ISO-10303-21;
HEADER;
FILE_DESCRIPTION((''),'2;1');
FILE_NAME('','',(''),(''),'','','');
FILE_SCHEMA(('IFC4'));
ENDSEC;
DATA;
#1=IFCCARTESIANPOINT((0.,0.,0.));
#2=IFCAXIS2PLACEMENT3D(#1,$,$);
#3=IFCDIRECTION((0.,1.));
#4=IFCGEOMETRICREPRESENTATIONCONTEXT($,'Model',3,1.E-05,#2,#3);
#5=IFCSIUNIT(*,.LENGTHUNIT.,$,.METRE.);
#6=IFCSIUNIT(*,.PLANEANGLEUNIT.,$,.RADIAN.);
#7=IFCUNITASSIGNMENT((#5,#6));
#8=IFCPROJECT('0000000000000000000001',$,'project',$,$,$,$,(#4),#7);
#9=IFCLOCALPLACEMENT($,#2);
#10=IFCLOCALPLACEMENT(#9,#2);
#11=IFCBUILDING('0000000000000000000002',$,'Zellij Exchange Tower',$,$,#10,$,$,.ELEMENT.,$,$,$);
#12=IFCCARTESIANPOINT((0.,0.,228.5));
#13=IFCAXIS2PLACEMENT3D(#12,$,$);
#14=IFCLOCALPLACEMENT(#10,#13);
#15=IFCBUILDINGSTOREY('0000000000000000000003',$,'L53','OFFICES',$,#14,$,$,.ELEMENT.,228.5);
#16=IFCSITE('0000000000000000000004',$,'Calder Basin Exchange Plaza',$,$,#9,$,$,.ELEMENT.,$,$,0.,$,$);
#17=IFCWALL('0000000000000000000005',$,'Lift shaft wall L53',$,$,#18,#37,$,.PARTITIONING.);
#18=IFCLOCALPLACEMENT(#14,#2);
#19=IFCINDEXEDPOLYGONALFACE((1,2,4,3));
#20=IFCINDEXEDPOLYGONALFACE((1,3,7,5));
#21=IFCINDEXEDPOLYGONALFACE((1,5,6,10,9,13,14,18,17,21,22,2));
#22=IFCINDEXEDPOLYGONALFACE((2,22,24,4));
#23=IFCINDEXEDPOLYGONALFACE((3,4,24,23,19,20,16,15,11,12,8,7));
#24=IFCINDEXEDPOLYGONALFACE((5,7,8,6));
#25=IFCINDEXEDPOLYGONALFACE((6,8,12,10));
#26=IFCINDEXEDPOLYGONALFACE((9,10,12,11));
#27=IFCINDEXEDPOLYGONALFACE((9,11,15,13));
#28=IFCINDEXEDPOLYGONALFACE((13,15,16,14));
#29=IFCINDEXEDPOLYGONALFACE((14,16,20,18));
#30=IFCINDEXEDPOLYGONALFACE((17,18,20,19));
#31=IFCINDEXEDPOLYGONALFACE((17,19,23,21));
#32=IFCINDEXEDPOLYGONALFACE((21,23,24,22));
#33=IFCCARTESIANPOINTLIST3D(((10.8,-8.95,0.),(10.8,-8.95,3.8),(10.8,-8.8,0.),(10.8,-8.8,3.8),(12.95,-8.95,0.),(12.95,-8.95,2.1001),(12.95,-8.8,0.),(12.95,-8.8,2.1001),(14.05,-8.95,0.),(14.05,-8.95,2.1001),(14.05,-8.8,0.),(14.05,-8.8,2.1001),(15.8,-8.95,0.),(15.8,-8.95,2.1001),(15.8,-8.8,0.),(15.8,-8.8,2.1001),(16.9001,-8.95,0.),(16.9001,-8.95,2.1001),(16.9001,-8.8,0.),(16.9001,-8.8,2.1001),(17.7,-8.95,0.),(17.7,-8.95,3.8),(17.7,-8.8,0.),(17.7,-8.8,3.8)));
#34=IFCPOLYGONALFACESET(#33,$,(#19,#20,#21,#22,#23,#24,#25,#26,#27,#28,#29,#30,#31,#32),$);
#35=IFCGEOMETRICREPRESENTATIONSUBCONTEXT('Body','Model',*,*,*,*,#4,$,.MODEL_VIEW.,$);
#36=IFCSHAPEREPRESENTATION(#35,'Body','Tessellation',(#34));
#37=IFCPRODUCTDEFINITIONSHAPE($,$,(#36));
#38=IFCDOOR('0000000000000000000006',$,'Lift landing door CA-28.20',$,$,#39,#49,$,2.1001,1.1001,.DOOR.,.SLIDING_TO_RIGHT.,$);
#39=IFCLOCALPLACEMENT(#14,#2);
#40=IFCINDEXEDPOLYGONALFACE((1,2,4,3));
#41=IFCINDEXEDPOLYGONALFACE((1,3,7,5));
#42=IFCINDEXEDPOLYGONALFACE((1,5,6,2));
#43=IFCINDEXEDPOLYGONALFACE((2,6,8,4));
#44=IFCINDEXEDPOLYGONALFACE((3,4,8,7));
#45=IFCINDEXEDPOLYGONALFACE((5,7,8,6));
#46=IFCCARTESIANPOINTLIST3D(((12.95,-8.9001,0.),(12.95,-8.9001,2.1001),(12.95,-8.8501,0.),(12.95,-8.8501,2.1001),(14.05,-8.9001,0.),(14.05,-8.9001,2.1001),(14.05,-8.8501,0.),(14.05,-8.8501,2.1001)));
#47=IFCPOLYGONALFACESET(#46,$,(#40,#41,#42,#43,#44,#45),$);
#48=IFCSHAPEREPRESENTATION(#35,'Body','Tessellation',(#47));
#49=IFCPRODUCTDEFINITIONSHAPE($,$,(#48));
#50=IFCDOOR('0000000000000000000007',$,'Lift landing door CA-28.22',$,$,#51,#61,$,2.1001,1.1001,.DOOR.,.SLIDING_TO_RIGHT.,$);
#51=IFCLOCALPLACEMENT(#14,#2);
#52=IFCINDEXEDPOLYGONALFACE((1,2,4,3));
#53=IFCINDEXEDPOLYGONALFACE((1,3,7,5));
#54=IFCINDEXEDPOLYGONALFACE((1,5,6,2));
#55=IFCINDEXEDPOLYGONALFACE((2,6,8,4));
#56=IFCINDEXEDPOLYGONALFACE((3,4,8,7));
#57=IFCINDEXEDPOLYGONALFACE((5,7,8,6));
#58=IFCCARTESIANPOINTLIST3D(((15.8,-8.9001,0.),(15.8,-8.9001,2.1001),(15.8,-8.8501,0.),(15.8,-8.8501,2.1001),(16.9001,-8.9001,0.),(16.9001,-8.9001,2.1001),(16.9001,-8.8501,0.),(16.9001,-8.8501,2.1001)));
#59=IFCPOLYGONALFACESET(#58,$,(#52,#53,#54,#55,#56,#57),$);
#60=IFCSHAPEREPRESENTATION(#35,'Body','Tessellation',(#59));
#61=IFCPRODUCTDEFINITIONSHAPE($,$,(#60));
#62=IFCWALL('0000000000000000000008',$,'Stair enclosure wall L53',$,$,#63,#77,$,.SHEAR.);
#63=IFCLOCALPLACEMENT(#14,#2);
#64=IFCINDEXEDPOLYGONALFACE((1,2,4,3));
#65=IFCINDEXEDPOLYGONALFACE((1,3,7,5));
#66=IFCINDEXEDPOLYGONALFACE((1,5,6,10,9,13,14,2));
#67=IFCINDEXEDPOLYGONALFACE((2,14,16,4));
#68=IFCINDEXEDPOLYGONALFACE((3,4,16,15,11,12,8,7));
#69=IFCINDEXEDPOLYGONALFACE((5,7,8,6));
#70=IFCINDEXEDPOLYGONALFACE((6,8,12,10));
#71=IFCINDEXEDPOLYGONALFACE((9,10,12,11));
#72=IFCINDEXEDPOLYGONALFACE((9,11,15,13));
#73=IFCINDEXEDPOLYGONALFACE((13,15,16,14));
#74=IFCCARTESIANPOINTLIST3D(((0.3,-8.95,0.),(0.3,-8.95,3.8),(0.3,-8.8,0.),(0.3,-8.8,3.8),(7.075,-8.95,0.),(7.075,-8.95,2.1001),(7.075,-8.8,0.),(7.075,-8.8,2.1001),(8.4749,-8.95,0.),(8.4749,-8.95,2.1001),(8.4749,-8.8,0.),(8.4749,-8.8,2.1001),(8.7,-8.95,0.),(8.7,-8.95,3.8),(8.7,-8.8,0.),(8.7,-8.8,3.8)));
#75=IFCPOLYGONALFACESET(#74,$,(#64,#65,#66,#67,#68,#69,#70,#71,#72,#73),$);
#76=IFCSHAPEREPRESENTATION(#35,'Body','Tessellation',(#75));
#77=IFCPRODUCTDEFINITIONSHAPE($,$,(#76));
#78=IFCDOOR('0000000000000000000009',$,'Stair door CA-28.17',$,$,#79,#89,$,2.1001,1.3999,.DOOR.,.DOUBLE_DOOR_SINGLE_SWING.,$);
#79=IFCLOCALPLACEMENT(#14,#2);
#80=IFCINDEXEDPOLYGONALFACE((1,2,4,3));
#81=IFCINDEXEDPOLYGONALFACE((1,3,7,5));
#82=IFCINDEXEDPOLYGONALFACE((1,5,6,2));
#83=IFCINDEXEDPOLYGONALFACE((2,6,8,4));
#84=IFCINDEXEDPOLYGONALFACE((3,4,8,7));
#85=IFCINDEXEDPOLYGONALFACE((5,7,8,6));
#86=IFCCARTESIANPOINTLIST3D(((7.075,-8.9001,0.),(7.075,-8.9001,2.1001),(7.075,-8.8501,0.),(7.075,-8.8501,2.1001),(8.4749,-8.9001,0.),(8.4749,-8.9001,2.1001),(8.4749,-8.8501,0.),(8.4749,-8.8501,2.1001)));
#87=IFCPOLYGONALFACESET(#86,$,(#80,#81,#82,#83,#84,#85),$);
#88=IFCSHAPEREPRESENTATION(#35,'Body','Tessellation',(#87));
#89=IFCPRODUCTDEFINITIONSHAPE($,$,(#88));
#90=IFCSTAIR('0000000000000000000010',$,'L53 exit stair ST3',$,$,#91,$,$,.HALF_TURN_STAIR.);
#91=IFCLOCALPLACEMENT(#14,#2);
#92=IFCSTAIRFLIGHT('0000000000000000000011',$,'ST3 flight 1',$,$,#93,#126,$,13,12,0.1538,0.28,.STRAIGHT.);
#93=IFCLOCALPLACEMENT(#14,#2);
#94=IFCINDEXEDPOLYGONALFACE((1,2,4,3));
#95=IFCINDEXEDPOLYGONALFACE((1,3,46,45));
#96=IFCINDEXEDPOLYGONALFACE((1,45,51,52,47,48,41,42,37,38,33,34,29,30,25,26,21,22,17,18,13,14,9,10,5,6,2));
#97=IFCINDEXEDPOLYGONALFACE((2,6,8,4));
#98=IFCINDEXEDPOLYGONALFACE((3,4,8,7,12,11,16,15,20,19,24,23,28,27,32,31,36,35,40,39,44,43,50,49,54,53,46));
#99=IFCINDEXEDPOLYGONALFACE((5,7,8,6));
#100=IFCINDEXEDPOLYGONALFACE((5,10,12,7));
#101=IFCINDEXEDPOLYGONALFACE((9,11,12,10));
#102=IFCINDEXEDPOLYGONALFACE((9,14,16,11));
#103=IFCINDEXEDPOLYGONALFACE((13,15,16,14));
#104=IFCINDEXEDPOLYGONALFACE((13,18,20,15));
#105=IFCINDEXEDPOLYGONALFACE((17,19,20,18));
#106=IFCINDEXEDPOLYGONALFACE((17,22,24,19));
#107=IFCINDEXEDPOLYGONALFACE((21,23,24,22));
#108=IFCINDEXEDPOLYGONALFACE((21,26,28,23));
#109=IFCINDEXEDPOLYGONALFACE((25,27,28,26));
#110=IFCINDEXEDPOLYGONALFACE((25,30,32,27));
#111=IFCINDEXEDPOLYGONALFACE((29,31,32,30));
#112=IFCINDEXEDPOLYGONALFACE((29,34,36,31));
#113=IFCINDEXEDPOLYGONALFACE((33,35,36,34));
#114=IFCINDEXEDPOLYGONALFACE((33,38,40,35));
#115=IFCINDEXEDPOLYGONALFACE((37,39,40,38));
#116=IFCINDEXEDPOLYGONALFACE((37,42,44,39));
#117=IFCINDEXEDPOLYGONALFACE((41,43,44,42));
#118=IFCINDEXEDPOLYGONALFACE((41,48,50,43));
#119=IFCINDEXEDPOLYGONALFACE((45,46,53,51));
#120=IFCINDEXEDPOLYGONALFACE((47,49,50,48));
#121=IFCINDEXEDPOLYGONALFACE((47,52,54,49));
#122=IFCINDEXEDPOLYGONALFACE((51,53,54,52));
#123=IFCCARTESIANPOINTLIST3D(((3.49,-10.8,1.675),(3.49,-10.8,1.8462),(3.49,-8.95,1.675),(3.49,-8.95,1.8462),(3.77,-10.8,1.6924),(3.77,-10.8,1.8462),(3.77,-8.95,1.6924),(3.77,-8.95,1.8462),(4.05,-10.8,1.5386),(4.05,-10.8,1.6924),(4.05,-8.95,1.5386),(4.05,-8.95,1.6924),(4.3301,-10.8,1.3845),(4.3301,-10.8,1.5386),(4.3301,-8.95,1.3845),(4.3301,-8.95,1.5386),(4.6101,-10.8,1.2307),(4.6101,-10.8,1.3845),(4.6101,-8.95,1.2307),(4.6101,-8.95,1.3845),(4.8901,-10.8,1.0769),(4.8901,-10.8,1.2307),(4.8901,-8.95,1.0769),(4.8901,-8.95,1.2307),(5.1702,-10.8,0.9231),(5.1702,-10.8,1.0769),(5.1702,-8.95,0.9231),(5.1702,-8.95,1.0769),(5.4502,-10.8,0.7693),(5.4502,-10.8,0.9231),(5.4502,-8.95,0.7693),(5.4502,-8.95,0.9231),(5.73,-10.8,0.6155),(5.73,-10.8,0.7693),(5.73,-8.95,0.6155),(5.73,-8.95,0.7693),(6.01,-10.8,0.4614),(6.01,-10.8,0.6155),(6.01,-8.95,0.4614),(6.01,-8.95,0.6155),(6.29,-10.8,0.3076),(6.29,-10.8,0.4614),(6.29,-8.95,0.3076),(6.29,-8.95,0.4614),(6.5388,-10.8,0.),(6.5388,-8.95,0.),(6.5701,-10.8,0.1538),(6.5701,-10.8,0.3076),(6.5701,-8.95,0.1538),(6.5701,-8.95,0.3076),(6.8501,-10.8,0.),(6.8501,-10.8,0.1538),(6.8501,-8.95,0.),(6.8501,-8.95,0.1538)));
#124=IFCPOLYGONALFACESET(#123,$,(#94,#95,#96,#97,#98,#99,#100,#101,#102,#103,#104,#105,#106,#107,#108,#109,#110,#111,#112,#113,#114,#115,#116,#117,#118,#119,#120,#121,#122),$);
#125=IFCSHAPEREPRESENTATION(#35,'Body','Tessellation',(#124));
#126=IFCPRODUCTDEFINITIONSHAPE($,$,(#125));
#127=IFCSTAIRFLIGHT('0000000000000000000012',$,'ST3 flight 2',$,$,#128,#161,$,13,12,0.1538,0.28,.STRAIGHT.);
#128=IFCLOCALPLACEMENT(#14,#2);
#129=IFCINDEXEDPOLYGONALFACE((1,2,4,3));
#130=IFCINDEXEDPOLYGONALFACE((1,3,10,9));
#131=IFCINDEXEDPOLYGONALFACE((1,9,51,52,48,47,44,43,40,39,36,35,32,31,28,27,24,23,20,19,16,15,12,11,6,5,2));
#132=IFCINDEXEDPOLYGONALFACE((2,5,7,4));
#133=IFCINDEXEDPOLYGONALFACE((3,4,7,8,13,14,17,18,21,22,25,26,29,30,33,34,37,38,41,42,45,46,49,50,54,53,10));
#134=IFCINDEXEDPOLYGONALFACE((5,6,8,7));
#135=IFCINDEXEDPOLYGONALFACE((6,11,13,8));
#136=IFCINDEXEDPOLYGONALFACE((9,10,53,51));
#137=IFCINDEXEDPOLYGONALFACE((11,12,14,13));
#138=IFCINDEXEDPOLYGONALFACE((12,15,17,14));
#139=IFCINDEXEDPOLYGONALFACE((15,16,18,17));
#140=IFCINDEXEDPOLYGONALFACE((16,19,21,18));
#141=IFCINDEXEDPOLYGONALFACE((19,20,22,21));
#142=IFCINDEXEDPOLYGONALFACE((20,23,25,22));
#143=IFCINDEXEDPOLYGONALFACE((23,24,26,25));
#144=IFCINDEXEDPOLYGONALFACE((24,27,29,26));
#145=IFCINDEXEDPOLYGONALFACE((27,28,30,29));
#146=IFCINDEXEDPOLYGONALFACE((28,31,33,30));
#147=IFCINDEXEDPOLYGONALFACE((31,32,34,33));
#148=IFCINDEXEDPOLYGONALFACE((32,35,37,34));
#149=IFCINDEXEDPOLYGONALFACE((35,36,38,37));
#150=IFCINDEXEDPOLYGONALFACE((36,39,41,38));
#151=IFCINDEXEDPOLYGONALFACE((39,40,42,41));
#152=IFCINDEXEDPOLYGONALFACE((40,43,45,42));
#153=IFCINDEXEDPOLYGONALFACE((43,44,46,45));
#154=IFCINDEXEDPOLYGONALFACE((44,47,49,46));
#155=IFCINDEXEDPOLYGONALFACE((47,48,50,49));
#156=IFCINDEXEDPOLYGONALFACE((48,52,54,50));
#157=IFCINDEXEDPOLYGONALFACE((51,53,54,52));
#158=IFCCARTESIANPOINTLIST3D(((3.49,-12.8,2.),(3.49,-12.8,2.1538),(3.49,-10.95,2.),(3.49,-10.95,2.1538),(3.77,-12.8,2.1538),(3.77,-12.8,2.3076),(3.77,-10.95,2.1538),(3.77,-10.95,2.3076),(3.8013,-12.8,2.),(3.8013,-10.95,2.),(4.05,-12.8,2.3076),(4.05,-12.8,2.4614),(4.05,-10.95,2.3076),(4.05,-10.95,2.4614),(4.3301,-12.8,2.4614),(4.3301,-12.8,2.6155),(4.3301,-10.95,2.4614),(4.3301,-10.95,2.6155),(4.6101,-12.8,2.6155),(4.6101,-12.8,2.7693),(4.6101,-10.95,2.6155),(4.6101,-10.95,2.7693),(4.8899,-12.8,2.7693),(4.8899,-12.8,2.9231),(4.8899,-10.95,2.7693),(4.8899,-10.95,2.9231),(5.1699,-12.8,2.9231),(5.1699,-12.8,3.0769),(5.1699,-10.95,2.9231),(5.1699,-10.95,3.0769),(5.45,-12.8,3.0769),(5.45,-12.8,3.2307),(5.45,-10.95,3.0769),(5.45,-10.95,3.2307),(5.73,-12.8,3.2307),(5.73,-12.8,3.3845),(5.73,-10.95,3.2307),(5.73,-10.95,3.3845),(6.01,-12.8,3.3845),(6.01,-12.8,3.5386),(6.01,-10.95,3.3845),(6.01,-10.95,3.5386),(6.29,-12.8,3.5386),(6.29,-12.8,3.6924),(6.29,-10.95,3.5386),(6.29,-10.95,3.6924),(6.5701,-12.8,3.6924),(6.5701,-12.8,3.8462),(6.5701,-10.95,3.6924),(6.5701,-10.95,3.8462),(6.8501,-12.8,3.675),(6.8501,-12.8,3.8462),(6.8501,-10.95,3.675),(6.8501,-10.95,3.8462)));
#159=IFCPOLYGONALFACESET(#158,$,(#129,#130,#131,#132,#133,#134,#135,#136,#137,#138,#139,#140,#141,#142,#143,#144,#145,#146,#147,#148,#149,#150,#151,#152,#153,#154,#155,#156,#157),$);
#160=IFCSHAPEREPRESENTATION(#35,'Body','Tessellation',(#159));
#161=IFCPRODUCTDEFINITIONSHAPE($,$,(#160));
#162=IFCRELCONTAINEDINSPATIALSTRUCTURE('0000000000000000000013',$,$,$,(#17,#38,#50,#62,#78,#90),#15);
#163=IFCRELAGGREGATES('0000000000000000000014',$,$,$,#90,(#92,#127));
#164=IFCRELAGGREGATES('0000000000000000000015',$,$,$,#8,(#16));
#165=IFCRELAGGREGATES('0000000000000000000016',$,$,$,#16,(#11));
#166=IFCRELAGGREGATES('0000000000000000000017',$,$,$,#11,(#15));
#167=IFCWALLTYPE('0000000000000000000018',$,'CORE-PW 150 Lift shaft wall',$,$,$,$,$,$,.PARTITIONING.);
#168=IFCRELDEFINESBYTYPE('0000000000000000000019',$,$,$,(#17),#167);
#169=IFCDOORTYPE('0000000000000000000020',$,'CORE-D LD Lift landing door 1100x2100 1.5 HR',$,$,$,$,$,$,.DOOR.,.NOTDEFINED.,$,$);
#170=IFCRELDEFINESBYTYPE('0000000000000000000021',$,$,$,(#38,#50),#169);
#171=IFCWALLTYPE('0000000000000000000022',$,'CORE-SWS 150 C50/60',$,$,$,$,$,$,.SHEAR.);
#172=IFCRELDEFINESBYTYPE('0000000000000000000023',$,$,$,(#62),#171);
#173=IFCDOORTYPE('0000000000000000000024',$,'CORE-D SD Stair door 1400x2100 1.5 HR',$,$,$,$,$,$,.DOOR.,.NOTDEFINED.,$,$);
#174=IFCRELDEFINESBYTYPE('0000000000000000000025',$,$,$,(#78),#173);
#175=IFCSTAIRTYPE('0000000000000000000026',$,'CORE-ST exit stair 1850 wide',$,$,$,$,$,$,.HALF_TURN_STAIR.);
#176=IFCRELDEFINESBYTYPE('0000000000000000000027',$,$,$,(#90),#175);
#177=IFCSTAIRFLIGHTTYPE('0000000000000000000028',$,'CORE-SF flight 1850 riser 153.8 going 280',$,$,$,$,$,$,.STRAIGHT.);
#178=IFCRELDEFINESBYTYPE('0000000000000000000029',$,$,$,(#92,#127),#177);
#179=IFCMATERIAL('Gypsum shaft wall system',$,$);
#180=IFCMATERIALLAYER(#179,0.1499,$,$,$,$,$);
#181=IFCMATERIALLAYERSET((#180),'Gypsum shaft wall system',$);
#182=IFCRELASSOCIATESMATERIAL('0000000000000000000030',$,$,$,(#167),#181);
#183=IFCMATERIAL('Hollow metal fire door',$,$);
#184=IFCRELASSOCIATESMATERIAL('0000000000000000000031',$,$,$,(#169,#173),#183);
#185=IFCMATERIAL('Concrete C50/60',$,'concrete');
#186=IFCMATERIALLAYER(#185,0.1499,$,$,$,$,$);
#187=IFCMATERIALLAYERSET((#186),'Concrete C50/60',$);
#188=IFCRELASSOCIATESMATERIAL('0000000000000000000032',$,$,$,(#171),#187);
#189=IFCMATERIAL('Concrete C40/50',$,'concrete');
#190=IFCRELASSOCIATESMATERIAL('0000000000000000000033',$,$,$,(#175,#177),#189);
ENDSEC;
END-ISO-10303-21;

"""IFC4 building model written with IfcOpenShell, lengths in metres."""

from ifc_helpers import new_model, si_unit, direction, frame, frame_2d, origin, place, context, subcontext, project, spatial, polyline, rectangle, outline, extrude, material, layer, layer_set, type_object, element, fill, aggregate, save


model = new_model("IFC4")

# Units and contexts
model_context = context("Model", 3, precision=1e-05, world=origin(), true_north=direction((0.0, 1.0)))
body_context = subcontext(model_context, "Body", "Model", "MODEL_VIEW")
ifc_project = project(units=[si_unit("LENGTHUNIT", "METRE"), si_unit("PLANEANGLEUNIT", "RADIAN")], contexts=[model_context])

# Site, building, storey
site_placement = place(None, origin())
site = spatial("IfcSite", under=ifc_project, at=site_placement, Name="Calder Basin Exchange Plaza", CompositionType="ELEMENT", RefElevation=0.0)
building_placement = place(site_placement, origin())
building = spatial("IfcBuilding", under=site, at=building_placement, Name="Zellij Exchange Tower", CompositionType="ELEMENT")
storey_placement = place(building_placement, frame((0.0, 0.0, 228.5)))
storey = spatial("IfcBuildingStorey", under=building, at=storey_placement, Name="L53", Description="OFFICES", CompositionType="ELEMENT", Elevation=228.5)

# Shared definitions
ifc_material_1 = material(Name="Concrete C50/60", Category="concrete")

# Shared definitions
ifc_material_2 = material(Name="Gypsum shaft wall system")
ifc_material_3 = material(Name="Hollow metal fire door")
ifc_layer_1 = layer(ifc_material_2, 0.1499)
ifc_layer_set_1 = layer_set([ifc_layer_1], Name="Gypsum shaft wall system")
wall_type_1 = type_object("IfcWallType", Name="CORE-PW 150 Lift shaft wall", PredefinedType="PARTITIONING", material=ifc_layer_set_1)
door_type_1 = type_object("IfcDoorType", Name="CORE-D LD Lift landing door 1100x2100 1.5 HR", OperationType="NOTDEFINED", PredefinedType="DOOR", material=ifc_material_3)

# Wall, openings, doors
wall_1_placement = place(storey_placement, frame((10.8, -8.875, 0.0), z_axis=(0.0, 0.0, 1.0), x_axis=(1.0, 0.0, 0.0)))
wall_1 = element("IfcWall", 1, at=wall_1_placement, inside=storey, type_object=wall_type_1, Name="Lift shaft wall L53", PredefinedType="PARTITIONING", context=body_context, shape_type="SweptSolid", body=[
    extrude(rectangle(XDim=6.8999, YDim=0.1499, at=frame_2d((3.45, 0.0))), origin(), (0.0, 0.0, 1.0), 3.8),
])
opening_1_placement = place(wall_1_placement, frame((2.1499, 0.0, 0.0)))
opening_1 = element("IfcOpeningElement", 2, at=opening_1_placement, cuts=wall_1, PredefinedType="OPENING", context=body_context, shape_type="SweptSolid", body=[
    extrude(rectangle(XDim=1.1001, YDim=2.1001, at=frame_2d((0.55, 1.05))), frame((0.0, 0.0869, 0.0), z_axis=(0.0, -1.0, 0.0), x_axis=(1.0, 0.0, 0.0)), (0.0, 0.0, 1.0), 0.1738),
])
opening_2_placement = place(wall_1_placement, frame((5.0, 0.0, 0.0)))
opening_2 = element("IfcOpeningElement", 3, at=opening_2_placement, cuts=wall_1, PredefinedType="OPENING", context=body_context, shape_type="SweptSolid", body=[
    extrude(rectangle(XDim=1.1001, YDim=2.1001, at=frame_2d((0.55, 1.05))), frame((0.0, 0.0869, 0.0), z_axis=(0.0, -1.0, 0.0), x_axis=(1.0, 0.0, 0.0)), (0.0, 0.0, 1.0), 0.1738),
])
door_1_placement = place(opening_1_placement, origin())
door_1 = element("IfcDoor", 4, at=door_1_placement, inside=storey, type_object=door_type_1, Name="Lift landing door CA-28.20", OperationType="SLIDING_TO_RIGHT", OverallHeight=2.1001, OverallWidth=1.1001, PredefinedType="DOOR", context=body_context, shape_type="SweptSolid", body=[
    extrude(rectangle(XDim=1.1001, YDim=2.1001, at=frame_2d((0.55, 1.05))), frame((0.0, 0.0249, 0.0), z_axis=(0.0, -1.0, 0.0), x_axis=(1.0, 0.0, 0.0)), (0.0, 0.0, 1.0), 0.05),
])
fill(opening_1, door_1)
door_2_placement = place(opening_2_placement, origin())
door_2 = element("IfcDoor", 5, at=door_2_placement, inside=storey, type_object=door_type_1, Name="Lift landing door CA-28.22", OperationType="SLIDING_TO_RIGHT", OverallHeight=2.1001, OverallWidth=1.1001, PredefinedType="DOOR", context=body_context, shape_type="SweptSolid", body=[
    extrude(rectangle(XDim=1.1001, YDim=2.1001, at=frame_2d((0.55, 1.05))), frame((0.0, 0.0249, 0.0), z_axis=(0.0, -1.0, 0.0), x_axis=(1.0, 0.0, 0.0)), (0.0, 0.0, 1.0), 0.05),
])
fill(opening_2, door_2)

# Wall, opening, door
ifc_layer_2 = layer(ifc_material_1, 0.1499)
ifc_layer_set_2 = layer_set([ifc_layer_2], Name="Concrete C50/60")
wall_type_2 = type_object("IfcWallType", Name="CORE-SWS 150 C50/60", PredefinedType="SHEAR", material=ifc_layer_set_2)
wall_2_placement = place(storey_placement, frame((0.3, -8.875, 0.0), z_axis=(0.0, 0.0, 1.0), x_axis=(1.0, 0.0, 0.0)))
wall_2 = element("IfcWall", 6, at=wall_2_placement, inside=storey, type_object=wall_type_2, Name="Stair enclosure wall L53", PredefinedType="SHEAR", context=body_context, shape_type="SweptSolid", body=[
    extrude(rectangle(XDim=8.3999, YDim=0.1499, at=frame_2d((4.2, 0.0))), origin(), (0.0, 0.0, 1.0), 3.8),
])
opening_3_placement = place(wall_2_placement, frame((6.7749, 0.0, 0.0)))
opening_3 = element("IfcOpeningElement", 7, at=opening_3_placement, cuts=wall_2, PredefinedType="OPENING", context=body_context, shape_type="SweptSolid", body=[
    extrude(rectangle(XDim=1.3999, YDim=2.1001, at=frame_2d((0.7, 1.05))), frame((0.0, 0.0869, 0.0), z_axis=(0.0, -1.0, 0.0), x_axis=(1.0, 0.0, 0.0)), (0.0, 0.0, 1.0), 0.1738),
])
door_type_2 = type_object("IfcDoorType", Name="CORE-D SD Stair door 1400x2100 1.5 HR", OperationType="NOTDEFINED", PredefinedType="DOOR", material=ifc_material_3)
door_3_placement = place(opening_3_placement, origin())
door_3 = element("IfcDoor", 8, at=door_3_placement, inside=storey, type_object=door_type_2, Name="Stair door CA-28.17", OperationType="DOUBLE_DOOR_SINGLE_SWING", OverallHeight=2.1001, OverallWidth=1.3999, PredefinedType="DOOR", context=body_context, shape_type="SweptSolid", body=[
    extrude(rectangle(XDim=1.3999, YDim=2.1001, at=frame_2d((0.7, 1.05))), frame((0.0, 0.0249, 0.0), z_axis=(0.0, -1.0, 0.0), x_axis=(1.0, 0.0, 0.0)), (0.0, 0.0, 1.0), 0.05),
])
fill(opening_3, door_3)

# Stair, stair flights
ifc_material_4 = material(Name="Concrete C40/50", Category="concrete")
stair_type = type_object("IfcStairType", Name="CORE-ST exit stair 1850 wide", PredefinedType="HALF_TURN_STAIR", material=ifc_material_4)
stair_placement = place(storey_placement, origin())
stair = element("IfcStair", 9, at=stair_placement, inside=storey, type_object=stair_type, Name="L53 exit stair ST3", PredefinedType="HALF_TURN_STAIR")
stair_flight_type = type_object("IfcStairFlightType", Name="CORE-SF flight 1850 riser 153.8 going 280", PredefinedType="STRAIGHT", material=ifc_material_4)
stair_flight_1_placement = place(storey_placement, frame((6.8501, -9.875, 0.0), z_axis=(0.0, 0.0, 1.0), x_axis=(-1.0, 0.0, 0.0)))
stair_flight_1 = element("IfcStairFlight", 10, at=stair_flight_1_placement, type_object=stair_flight_type, Name="ST3 flight 1", NumberOfRisers=13, NumberOfTreads=12, PredefinedType="STRAIGHT", RiserHeight=0.1538, TreadLength=0.28, context=body_context, shape_type="SweptSolid", body=[
    extrude(outline(polyline([(0.0, 0.0), (0.0, 0.1538), (0.28, 0.1538), (0.28, 0.3076), (0.5601, 0.3076), (0.5601, 0.4614), (0.8401, 0.4614), (0.8401, 0.6155), (1.1201, 0.6155), (1.1201, 0.7693), (1.3999, 0.7693), (1.3999, 0.9231), (1.6799, 0.9231), (1.6799, 1.0769), (1.96, 1.0769), (1.96, 1.2307), (2.24, 1.2307), (2.24, 1.3845), (2.52, 1.3845), (2.52, 1.5386), (2.8, 1.5386), (2.8, 1.6924), (3.0801, 1.6924), (3.0801, 1.8462), (3.3601, 1.8462), (3.3601, 2.0), (3.3601, 1.675), (0.3113, 0.0), (0.0, 0.0)])), frame((0.0, 0.925, 0.0), z_axis=(0.0, -1.0, 0.0), x_axis=(1.0, 0.0, 0.0)), (0.0, 0.0, 1.0), 1.8501),
])
stair_flight_2_placement = place(storey_placement, frame((3.49, -11.875, 2.0), z_axis=(0.0, 0.0, 1.0), x_axis=(1.0, 0.0, 0.0)))
stair_flight_2 = element("IfcStairFlight", 11, at=stair_flight_2_placement, type_object=stair_flight_type, Name="ST3 flight 2", NumberOfRisers=13, NumberOfTreads=12, PredefinedType="STRAIGHT", RiserHeight=0.1538, TreadLength=0.28, context=body_context, shape_type="SweptSolid", body=[
    extrude(outline(polyline([(0.0, 0.0), (0.0, 0.1538), (0.28, 0.1538), (0.28, 0.3076), (0.5601, 0.3076), (0.5601, 0.4614), (0.8401, 0.4614), (0.8401, 0.6155), (1.1201, 0.6155), (1.1201, 0.7693), (1.3999, 0.7693), (1.3999, 0.9231), (1.6799, 0.9231), (1.6799, 1.0769), (1.96, 1.0769), (1.96, 1.2307), (2.24, 1.2307), (2.24, 1.3845), (2.52, 1.3845), (2.52, 1.5386), (2.8, 1.5386), (2.8, 1.6924), (3.0801, 1.6924), (3.0801, 1.8462), (3.3601, 1.8462), (3.3601, 2.0), (3.3601, 1.675), (0.3113, 0.0), (0.0, 0.0)])), frame((0.0, 0.925, 0.0), z_axis=(0.0, -1.0, 0.0), x_axis=(1.0, 0.0, 0.0)), (0.0, 0.0, 1.0), 1.8501),
])
aggregate(stair, [stair_flight_1, stair_flight_2])

save(model, "model.ifc")
